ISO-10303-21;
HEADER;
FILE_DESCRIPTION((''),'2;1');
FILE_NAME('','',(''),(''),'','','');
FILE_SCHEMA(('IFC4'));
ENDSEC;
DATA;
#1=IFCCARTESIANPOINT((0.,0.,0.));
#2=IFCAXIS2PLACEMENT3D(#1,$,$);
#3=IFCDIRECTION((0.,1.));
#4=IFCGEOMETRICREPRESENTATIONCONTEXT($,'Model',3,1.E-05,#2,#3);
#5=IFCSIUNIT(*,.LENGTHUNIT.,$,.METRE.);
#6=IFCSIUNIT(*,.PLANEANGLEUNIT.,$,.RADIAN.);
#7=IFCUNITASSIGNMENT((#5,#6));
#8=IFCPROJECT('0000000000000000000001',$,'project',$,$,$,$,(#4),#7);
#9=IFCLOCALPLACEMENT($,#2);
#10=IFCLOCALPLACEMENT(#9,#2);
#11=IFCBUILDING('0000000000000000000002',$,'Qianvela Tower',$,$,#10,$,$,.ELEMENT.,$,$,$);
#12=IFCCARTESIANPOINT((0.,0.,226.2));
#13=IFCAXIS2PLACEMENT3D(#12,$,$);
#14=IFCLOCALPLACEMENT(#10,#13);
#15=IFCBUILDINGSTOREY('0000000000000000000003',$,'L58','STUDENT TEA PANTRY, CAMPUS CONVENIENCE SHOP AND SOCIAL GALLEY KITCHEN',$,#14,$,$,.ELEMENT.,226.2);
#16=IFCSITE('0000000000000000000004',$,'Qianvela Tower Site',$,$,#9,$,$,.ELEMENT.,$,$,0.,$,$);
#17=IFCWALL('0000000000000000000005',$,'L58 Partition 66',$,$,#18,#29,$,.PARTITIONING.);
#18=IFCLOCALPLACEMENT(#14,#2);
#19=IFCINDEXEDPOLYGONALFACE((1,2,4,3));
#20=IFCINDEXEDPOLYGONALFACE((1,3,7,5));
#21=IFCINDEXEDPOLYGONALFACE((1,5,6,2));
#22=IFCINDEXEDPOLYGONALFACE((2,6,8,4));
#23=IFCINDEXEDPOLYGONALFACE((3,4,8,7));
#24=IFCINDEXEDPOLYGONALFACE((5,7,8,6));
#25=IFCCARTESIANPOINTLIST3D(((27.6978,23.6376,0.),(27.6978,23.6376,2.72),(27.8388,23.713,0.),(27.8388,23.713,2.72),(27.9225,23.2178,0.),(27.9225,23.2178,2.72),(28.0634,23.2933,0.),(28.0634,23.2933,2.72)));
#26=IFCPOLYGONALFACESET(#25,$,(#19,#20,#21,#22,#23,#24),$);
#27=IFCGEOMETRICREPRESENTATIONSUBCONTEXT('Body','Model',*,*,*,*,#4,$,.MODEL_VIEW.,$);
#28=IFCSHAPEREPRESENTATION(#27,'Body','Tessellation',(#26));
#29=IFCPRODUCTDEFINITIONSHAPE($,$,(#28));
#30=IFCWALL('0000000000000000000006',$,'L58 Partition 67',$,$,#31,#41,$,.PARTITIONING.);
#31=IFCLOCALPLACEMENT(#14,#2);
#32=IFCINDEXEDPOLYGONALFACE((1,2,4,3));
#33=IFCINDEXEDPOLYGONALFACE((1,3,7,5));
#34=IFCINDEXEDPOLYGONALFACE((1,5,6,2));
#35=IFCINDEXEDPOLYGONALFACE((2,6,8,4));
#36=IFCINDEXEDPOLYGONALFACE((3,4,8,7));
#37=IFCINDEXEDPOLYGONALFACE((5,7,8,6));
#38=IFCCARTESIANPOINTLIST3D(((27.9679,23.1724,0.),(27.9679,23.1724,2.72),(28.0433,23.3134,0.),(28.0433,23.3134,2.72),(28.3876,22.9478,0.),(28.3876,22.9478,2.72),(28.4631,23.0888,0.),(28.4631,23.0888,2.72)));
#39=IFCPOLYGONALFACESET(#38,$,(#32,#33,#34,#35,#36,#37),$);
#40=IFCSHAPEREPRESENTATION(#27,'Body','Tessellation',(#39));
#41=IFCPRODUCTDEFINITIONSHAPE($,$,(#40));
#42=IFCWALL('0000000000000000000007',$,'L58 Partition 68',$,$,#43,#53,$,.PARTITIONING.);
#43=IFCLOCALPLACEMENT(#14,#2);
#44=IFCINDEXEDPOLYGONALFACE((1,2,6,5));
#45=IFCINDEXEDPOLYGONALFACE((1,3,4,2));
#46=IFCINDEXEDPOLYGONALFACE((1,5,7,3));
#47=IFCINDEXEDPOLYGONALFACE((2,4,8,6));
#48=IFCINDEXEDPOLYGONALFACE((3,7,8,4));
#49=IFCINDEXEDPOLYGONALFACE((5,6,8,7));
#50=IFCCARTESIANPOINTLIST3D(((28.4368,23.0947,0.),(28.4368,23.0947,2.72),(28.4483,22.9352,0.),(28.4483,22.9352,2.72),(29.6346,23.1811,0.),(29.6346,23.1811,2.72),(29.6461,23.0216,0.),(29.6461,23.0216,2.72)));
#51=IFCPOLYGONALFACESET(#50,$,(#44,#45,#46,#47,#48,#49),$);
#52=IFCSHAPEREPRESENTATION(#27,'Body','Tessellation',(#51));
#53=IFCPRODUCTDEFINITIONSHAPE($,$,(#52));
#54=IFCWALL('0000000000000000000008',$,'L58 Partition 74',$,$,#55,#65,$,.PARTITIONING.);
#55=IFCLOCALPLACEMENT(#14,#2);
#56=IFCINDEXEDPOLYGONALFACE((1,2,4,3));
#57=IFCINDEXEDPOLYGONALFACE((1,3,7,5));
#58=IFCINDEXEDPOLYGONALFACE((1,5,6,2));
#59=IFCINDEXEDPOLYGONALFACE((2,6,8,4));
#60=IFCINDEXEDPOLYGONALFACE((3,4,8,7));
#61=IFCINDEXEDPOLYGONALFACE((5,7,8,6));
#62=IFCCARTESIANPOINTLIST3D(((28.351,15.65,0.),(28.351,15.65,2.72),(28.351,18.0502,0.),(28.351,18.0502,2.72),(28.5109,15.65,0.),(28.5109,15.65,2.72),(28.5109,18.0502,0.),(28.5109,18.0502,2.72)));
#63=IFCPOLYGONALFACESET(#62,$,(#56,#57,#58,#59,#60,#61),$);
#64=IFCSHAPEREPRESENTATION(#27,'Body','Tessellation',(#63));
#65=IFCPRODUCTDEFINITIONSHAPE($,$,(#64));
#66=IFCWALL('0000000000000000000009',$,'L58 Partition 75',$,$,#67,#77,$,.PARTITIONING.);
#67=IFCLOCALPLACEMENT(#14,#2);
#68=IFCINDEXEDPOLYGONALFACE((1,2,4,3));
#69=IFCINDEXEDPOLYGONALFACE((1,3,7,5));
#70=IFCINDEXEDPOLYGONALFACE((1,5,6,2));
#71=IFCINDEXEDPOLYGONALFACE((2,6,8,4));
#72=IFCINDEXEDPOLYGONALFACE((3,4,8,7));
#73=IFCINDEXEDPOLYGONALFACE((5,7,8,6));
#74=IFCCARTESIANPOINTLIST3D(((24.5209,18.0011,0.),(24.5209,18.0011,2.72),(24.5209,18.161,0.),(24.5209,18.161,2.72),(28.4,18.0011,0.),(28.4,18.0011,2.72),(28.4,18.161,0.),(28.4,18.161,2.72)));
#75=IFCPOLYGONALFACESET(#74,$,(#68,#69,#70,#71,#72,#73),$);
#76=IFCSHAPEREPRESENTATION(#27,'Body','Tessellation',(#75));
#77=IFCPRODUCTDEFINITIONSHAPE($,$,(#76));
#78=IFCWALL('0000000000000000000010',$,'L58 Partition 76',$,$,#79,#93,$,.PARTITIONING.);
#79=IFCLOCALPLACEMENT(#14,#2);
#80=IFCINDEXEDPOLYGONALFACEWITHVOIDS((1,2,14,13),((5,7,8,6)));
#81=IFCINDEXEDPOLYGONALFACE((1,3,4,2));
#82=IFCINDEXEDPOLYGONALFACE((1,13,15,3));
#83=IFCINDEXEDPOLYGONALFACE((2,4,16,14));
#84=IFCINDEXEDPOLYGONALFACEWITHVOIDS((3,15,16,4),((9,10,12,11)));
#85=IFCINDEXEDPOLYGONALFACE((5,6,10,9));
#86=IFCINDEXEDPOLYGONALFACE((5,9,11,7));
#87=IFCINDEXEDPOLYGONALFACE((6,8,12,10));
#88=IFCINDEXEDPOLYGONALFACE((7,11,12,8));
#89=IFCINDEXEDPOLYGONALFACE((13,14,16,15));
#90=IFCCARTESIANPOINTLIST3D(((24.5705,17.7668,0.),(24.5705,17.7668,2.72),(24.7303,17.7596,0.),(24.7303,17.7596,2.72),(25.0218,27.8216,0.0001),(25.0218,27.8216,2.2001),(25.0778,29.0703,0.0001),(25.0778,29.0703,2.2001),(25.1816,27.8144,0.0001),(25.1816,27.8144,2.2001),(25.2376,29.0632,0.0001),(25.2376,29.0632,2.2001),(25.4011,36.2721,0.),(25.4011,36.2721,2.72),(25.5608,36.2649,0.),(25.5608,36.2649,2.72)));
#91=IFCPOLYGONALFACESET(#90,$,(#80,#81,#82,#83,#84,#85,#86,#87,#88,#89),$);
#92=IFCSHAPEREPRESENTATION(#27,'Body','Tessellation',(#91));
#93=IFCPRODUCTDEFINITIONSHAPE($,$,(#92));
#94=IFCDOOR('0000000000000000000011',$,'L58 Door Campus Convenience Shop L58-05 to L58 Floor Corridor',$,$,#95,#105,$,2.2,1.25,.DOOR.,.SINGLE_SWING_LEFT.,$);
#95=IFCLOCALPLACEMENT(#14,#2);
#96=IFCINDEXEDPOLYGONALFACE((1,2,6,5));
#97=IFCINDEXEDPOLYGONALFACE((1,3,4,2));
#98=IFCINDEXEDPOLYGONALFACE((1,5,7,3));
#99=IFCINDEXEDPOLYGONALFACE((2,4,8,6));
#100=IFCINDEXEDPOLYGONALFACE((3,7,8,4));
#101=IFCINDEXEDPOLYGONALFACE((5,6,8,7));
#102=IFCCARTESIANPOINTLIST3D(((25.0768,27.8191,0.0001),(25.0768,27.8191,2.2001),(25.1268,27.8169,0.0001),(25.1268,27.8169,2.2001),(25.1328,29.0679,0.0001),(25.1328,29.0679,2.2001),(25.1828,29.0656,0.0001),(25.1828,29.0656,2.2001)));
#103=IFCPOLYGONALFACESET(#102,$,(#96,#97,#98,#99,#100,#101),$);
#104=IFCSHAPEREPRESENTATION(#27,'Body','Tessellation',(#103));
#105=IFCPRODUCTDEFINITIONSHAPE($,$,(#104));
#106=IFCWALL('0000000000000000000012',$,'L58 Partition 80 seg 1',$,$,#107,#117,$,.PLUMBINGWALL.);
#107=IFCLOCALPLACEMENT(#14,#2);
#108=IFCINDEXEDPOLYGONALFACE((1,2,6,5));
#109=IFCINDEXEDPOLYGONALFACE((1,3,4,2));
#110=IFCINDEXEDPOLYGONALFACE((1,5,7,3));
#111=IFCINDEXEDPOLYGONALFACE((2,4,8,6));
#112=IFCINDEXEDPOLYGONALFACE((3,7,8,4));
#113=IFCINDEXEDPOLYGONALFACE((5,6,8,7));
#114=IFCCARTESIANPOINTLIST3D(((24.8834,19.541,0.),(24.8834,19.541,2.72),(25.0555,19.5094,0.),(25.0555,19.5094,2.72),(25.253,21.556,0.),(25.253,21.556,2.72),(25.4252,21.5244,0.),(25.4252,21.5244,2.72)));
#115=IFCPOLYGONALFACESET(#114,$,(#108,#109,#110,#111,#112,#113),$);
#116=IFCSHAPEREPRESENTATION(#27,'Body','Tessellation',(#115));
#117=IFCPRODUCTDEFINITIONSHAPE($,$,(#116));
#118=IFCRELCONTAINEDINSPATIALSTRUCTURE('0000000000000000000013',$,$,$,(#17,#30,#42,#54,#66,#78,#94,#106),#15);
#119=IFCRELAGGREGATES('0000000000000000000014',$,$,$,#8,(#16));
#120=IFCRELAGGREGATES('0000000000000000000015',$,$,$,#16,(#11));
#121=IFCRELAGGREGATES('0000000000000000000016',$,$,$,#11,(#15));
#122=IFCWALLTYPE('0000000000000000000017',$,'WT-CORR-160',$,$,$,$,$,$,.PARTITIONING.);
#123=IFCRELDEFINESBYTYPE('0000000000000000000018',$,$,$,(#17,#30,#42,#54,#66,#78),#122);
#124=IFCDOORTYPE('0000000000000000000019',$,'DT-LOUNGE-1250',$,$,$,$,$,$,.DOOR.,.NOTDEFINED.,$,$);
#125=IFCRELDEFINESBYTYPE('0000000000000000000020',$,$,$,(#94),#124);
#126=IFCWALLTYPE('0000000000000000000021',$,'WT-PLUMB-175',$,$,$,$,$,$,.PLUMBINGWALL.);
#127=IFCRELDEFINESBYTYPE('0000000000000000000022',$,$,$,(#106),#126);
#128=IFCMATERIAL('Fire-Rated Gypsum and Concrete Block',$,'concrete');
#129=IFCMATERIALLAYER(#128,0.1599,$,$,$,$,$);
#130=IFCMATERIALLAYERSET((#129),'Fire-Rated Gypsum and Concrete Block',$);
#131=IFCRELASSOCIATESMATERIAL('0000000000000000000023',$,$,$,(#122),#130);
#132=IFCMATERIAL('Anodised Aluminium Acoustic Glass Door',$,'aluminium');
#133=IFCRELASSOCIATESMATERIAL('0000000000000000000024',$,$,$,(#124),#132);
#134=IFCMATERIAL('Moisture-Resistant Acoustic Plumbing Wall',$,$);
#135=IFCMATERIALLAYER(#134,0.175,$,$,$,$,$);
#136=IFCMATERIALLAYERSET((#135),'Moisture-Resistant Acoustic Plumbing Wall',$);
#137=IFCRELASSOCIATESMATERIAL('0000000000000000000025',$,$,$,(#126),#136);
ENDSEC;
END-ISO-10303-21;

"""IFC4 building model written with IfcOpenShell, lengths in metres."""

from ifc_helpers import new_model, si_unit, direction, frame, frame_2d, origin, place, context, subcontext, project, spatial, rectangle, extrude, material, layer, layer_set, type_object, element, fill, save


model = new_model("IFC4")

# Units and contexts
model_context = context("Model", 3, precision=1e-05, world=origin(), true_north=direction((0.0, 1.0)))
body_context = subcontext(model_context, "Body", "Model", "MODEL_VIEW")
ifc_project = project(units=[si_unit("LENGTHUNIT", "METRE"), si_unit("PLANEANGLEUNIT", "RADIAN")], contexts=[model_context])

# Site, building, storey
site_placement = place(None, origin())
site = spatial("IfcSite", under=ifc_project, at=site_placement, Name="Qianvela Tower Site", CompositionType="ELEMENT", RefElevation=0.0)
building_placement = place(site_placement, origin())
building = spatial("IfcBuilding", under=site, at=building_placement, Name="Qianvela Tower", CompositionType="ELEMENT")
storey_placement = place(building_placement, frame((0.0, 0.0, 226.2)))
storey = spatial("IfcBuildingStorey", under=building, at=storey_placement, Name="L58", Description="STUDENT TEA PANTRY, CAMPUS CONVENIENCE SHOP AND SOCIAL GALLEY KITCHEN", CompositionType="ELEMENT", Elevation=226.2)

# Shared definitions
ifc_material_1 = material(Name="Fire-Rated Gypsum and Concrete Block", Category="concrete")
ifc_layer_1 = layer(ifc_material_1, 0.1599)
ifc_layer_set_1 = layer_set([ifc_layer_1], Name="Fire-Rated Gypsum and Concrete Block")
wall_type_1 = type_object("IfcWallType", Name="WT-CORR-160", PredefinedType="PARTITIONING", material=ifc_layer_set_1)

# Walls
for number, where, z_axis, x_axis, name in (
    (1, (27.7683, 23.6753, 0.0), (0.0, 0.0, 1.0), (0.471866, -0.881671, 0.0), "L58 Partition 66"),
    (2, (28.0056, 23.2429, 0.0), (0.0, 0.0, 1.0), (0.881671, -0.471866, 0.0), "L58 Partition 67"),
):
    element("IfcWall", number, at=place(storey_placement, frame(where, z_axis=z_axis, x_axis=x_axis)), inside=storey, type_object=wall_type_1, Name=name, PredefinedType="PARTITIONING", context=body_context, shape_type="SweptSolid", body=[
        extrude(rectangle(XDim=0.4761, YDim=0.1599, at=frame_2d((0.238, 0.0))), origin(), (0.0, 0.0, 1.0), 2.72),
    ])
wall_1_placement = place(storey_placement, frame((28.4424, 23.0149, 0.0), z_axis=(0.0, 0.0, 1.0), x_axis=(0.997407, 0.071969, 0.0)))
element("IfcWall", 3, at=wall_1_placement, inside=storey, type_object=wall_type_1, Name="L58 Partition 68", PredefinedType="PARTITIONING", context=body_context, shape_type="SweptSolid", body=[
    extrude(rectangle(XDim=1.2009, YDim=0.1599, at=frame_2d((0.6006, 0.0))), origin(), (0.0, 0.0, 1.0), 2.72),
])
wall_2_placement = place(storey_placement, frame((28.4309, 15.6499, 0.0), z_axis=(0.0, 0.0, 1.0), x_axis=(0.0, 1.0, 0.0)))
element("IfcWall", 4, at=wall_2_placement, inside=storey, type_object=wall_type_1, Name="L58 Partition 74", PredefinedType="PARTITIONING", context=body_context, shape_type="SweptSolid", body=[
    extrude(rectangle(XDim=2.4001, YDim=0.1599, at=frame_2d((1.2002, 0.0))), origin(), (0.0, 0.0, 1.0), 2.72),
])
wall_3_placement = place(storey_placement, frame((28.3999, 18.0811, 0.0), z_axis=(0.0, 0.0, 1.0), x_axis=(-1.0, 0.0, 0.0)))
element("IfcWall", 5, at=wall_3_placement, inside=storey, type_object=wall_type_1, Name="L58 Partition 75", PredefinedType="PARTITIONING", context=body_context, shape_type="SweptSolid", body=[
    extrude(rectangle(XDim=3.8792, YDim=0.1599, at=frame_2d((1.9395, 0.0))), origin(), (0.0, 0.0, 1.0), 2.72),
])

# Wall, opening, door
wall_4_placement = place(storey_placement, frame((24.6504, 17.7632, 0.0), z_axis=(0.0, 0.0, 1.0), x_axis=(0.044837, 0.998994, 0.0)))
wall_4 = element("IfcWall", 6, at=wall_4_placement, inside=storey, type_object=wall_type_1, Name="L58 Partition 76", PredefinedType="PARTITIONING", context=body_context, shape_type="SweptSolid", body=[
    extrude(rectangle(XDim=18.5239, YDim=0.1599, at=frame_2d((9.262, 0.0))), origin(), (0.0, 0.0, 1.0), 2.72),
])
opening_1_placement = place(wall_4_placement, frame((10.0649, 0.0, 0.0)))
opening_1 = element("IfcOpeningElement", 7, at=opening_1_placement, cuts=wall_4, PredefinedType="OPENING", context=body_context, shape_type="SweptSolid", body=[
    extrude(rectangle(XDim=1.25, YDim=2.2, at=frame_2d((0.625, 1.1001))), frame((0.0, 0.0898, 0.0), z_axis=(0.0, -1.0, 0.0), x_axis=(1.0, 0.0, 0.0)), (0.0, 0.0, 1.0), 0.1799),
])
ifc_material_2 = material(Name="Anodised Aluminium Acoustic Glass Door", Category="aluminium")
door_type_1 = type_object("IfcDoorType", Name="DT-LOUNGE-1250", OperationType="NOTDEFINED", PredefinedType="DOOR", material=ifc_material_2)
door_1_placement = place(opening_1_placement, origin())
door_1 = element("IfcDoor", 8, at=door_1_placement, inside=storey, type_object=door_type_1, Name="L58 Door Campus Convenience Shop L58-05 to L58 Floor Corridor", OperationType="SINGLE_SWING_LEFT", OverallHeight=2.2, OverallWidth=1.25, PredefinedType="DOOR", context=body_context, shape_type="SweptSolid", body=[
    extrude(rectangle(XDim=1.25, YDim=2.2, at=frame_2d((0.625, 1.1001))), frame((0.0, 0.0249, 0.0), z_axis=(0.0, -1.0, 0.0), x_axis=(1.0, 0.0, 0.0)), (0.0, 0.0, 1.0), 0.05),
])
fill(opening_1, door_1)

# Wall
ifc_material_3 = material(Name="Moisture-Resistant Acoustic Plumbing Wall")
ifc_layer_2 = layer(ifc_material_3, 0.175)
ifc_layer_set_2 = layer_set([ifc_layer_2], Name="Moisture-Resistant Acoustic Plumbing Wall")
wall_type_2 = type_object("IfcWallType", Name="WT-PLUMB-175", PredefinedType="PLUMBINGWALL", material=ifc_layer_set_2)
wall_5_placement = place(storey_placement, frame((25.3391, 21.5403, 0.0), z_axis=(0.0, 0.0, 1.0), x_axis=(-0.180437, -0.983586, 0.0)))
element("IfcWall", 9, at=wall_5_placement, inside=storey, type_object=wall_type_2, Name="L58 Partition 80 seg 1", PredefinedType="PLUMBINGWALL", context=body_context, shape_type="SweptSolid", body=[
    extrude(rectangle(XDim=2.0486, YDim=0.175, at=frame_2d((1.0244, 0.0))), origin(), (0.0, 0.0, 1.0), 2.72),
])

save(model, "model.ifc")
